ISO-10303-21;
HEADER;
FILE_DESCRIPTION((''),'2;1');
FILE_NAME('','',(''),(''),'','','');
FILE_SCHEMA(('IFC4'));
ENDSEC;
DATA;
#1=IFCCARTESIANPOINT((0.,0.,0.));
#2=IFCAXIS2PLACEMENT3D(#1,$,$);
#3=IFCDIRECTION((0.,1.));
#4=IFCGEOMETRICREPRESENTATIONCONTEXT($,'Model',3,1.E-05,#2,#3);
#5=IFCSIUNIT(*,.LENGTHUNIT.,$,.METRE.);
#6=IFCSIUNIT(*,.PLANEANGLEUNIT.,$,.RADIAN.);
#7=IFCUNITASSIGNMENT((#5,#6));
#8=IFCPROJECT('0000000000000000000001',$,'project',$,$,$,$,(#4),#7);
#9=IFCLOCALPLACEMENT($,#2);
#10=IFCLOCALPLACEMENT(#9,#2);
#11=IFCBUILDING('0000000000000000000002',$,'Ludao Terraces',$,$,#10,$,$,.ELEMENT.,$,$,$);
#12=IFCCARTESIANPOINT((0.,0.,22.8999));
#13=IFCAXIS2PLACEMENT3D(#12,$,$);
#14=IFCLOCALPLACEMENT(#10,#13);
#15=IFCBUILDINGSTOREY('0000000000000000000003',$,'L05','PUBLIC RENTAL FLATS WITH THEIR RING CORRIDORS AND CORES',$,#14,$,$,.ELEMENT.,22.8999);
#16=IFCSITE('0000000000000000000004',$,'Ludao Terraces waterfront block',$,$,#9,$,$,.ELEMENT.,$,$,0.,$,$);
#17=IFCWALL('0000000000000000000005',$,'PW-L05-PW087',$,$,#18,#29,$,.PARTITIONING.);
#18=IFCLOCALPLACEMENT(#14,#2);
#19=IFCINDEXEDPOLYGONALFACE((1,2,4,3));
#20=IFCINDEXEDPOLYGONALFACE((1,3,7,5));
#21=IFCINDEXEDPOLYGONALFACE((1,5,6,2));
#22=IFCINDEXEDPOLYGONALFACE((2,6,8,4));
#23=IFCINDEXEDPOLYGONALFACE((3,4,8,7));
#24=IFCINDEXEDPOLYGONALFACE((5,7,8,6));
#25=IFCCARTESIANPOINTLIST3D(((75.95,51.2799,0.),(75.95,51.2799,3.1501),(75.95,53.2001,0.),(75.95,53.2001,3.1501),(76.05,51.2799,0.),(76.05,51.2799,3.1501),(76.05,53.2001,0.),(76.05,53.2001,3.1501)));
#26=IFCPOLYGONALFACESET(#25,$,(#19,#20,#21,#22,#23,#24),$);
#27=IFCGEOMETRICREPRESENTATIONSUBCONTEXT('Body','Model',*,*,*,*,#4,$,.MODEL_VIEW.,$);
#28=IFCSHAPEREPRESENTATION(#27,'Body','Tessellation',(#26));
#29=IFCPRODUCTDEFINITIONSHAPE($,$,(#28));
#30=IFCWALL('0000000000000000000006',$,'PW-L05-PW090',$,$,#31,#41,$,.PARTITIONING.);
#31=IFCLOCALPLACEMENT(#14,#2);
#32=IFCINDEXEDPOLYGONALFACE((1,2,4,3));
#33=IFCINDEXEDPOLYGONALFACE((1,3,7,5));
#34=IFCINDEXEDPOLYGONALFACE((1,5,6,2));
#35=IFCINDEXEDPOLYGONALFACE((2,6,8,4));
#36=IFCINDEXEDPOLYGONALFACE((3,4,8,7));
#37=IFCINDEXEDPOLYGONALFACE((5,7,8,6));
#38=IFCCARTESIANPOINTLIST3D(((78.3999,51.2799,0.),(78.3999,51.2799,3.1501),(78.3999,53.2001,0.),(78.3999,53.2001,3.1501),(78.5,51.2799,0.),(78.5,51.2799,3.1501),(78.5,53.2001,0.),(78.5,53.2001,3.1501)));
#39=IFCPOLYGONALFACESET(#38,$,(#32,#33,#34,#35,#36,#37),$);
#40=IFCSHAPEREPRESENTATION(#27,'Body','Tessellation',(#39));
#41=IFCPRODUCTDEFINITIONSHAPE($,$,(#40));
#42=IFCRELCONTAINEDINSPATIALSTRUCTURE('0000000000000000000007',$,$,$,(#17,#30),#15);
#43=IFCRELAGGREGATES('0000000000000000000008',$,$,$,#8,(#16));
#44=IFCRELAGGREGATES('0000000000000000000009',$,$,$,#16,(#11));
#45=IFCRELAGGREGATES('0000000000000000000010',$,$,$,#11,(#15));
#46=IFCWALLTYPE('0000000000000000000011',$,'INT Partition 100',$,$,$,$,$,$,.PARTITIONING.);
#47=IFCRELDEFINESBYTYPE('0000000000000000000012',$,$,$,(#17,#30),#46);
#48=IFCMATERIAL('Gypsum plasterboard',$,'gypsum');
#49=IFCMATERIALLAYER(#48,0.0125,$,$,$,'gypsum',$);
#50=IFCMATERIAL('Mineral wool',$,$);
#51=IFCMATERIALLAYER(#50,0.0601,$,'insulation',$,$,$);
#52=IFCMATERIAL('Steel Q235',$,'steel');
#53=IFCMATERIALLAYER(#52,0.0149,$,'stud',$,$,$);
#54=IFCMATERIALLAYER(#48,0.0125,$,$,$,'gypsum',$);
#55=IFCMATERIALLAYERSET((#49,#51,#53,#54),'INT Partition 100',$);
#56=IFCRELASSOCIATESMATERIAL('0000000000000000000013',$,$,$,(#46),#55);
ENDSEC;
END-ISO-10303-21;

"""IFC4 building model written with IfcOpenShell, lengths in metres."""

from ifc_helpers import new_model, si_unit, direction, frame, frame_2d, origin, place, context, subcontext, project, spatial, rectangle, extrude, material, layer, layer_set, type_object, element, save


model = new_model("IFC4")

# Units and contexts
model_context = context("Model", 3, precision=1e-05, world=origin(), true_north=direction((0.0, 1.0)))
body_context = subcontext(model_context, "Body", "Model", "MODEL_VIEW")
ifc_project = project(units=[si_unit("LENGTHUNIT", "METRE"), si_unit("PLANEANGLEUNIT", "RADIAN")], contexts=[model_context])

# Site, building, storey
site_placement = place(None, origin())
site = spatial("IfcSite", under=ifc_project, at=site_placement, Name="Ludao Terraces waterfront block", CompositionType="ELEMENT", RefElevation=0.0)
building_placement = place(site_placement, origin())
building = spatial("IfcBuilding", under=site, at=building_placement, Name="Ludao Terraces", CompositionType="ELEMENT")
storey_placement = place(building_placement, frame((0.0, 0.0, 22.8999)))
storey = spatial("IfcBuildingStorey", under=building, at=storey_placement, Name="L05", Description="PUBLIC RENTAL FLATS WITH THEIR RING CORRIDORS AND CORES", CompositionType="ELEMENT", Elevation=22.8999)

# Shared definitions
ifc_material_1 = material(Name="Gypsum plasterboard", Category="gypsum")
ifc_layer_1 = layer(ifc_material_1, 0.0125, Category="gypsum")
ifc_material_2 = material(Name="Mineral wool")
ifc_layer_2 = layer(ifc_material_2, 0.0601, Name="insulation")
ifc_material_3 = material(Name="Steel Q235", Category="steel")
ifc_layer_3 = layer(ifc_material_3, 0.0149, Name="stud")
ifc_layer_4 = layer(ifc_material_1, 0.0125, Category="gypsum")
ifc_layer_set = layer_set([ifc_layer_1, ifc_layer_2, ifc_layer_3, ifc_layer_4], Name="INT Partition 100")
wall_type = type_object("IfcWallType", Name="INT Partition 100", PredefinedType="PARTITIONING", material=ifc_layer_set)

# Walls
for number, where, z_axis, x_axis, name in (
    (1, (76.0, 51.28, 0.0), (0.0, 0.0, 1.0), (0.0, 1.0, 0.0), "PW-L05-PW087"),
    (2, (78.45, 51.28, 0.0), (0.0, 0.0, 1.0), (0.0, 1.0, 0.0), "PW-L05-PW090"),
):
    element("IfcWall", number, at=place(storey_placement, frame(where, z_axis=z_axis, x_axis=x_axis)), inside=storey, type_object=wall_type, Name=name, PredefinedType="PARTITIONING", context=body_context, shape_type="SweptSolid", body=[
        extrude(rectangle(XDim=1.9202, YDim=0.1001, at=frame_2d((0.96, 0.0))), origin(), (0.0, 0.0, 1.0), 3.1501),
    ])

save(model, "model.ifc")
